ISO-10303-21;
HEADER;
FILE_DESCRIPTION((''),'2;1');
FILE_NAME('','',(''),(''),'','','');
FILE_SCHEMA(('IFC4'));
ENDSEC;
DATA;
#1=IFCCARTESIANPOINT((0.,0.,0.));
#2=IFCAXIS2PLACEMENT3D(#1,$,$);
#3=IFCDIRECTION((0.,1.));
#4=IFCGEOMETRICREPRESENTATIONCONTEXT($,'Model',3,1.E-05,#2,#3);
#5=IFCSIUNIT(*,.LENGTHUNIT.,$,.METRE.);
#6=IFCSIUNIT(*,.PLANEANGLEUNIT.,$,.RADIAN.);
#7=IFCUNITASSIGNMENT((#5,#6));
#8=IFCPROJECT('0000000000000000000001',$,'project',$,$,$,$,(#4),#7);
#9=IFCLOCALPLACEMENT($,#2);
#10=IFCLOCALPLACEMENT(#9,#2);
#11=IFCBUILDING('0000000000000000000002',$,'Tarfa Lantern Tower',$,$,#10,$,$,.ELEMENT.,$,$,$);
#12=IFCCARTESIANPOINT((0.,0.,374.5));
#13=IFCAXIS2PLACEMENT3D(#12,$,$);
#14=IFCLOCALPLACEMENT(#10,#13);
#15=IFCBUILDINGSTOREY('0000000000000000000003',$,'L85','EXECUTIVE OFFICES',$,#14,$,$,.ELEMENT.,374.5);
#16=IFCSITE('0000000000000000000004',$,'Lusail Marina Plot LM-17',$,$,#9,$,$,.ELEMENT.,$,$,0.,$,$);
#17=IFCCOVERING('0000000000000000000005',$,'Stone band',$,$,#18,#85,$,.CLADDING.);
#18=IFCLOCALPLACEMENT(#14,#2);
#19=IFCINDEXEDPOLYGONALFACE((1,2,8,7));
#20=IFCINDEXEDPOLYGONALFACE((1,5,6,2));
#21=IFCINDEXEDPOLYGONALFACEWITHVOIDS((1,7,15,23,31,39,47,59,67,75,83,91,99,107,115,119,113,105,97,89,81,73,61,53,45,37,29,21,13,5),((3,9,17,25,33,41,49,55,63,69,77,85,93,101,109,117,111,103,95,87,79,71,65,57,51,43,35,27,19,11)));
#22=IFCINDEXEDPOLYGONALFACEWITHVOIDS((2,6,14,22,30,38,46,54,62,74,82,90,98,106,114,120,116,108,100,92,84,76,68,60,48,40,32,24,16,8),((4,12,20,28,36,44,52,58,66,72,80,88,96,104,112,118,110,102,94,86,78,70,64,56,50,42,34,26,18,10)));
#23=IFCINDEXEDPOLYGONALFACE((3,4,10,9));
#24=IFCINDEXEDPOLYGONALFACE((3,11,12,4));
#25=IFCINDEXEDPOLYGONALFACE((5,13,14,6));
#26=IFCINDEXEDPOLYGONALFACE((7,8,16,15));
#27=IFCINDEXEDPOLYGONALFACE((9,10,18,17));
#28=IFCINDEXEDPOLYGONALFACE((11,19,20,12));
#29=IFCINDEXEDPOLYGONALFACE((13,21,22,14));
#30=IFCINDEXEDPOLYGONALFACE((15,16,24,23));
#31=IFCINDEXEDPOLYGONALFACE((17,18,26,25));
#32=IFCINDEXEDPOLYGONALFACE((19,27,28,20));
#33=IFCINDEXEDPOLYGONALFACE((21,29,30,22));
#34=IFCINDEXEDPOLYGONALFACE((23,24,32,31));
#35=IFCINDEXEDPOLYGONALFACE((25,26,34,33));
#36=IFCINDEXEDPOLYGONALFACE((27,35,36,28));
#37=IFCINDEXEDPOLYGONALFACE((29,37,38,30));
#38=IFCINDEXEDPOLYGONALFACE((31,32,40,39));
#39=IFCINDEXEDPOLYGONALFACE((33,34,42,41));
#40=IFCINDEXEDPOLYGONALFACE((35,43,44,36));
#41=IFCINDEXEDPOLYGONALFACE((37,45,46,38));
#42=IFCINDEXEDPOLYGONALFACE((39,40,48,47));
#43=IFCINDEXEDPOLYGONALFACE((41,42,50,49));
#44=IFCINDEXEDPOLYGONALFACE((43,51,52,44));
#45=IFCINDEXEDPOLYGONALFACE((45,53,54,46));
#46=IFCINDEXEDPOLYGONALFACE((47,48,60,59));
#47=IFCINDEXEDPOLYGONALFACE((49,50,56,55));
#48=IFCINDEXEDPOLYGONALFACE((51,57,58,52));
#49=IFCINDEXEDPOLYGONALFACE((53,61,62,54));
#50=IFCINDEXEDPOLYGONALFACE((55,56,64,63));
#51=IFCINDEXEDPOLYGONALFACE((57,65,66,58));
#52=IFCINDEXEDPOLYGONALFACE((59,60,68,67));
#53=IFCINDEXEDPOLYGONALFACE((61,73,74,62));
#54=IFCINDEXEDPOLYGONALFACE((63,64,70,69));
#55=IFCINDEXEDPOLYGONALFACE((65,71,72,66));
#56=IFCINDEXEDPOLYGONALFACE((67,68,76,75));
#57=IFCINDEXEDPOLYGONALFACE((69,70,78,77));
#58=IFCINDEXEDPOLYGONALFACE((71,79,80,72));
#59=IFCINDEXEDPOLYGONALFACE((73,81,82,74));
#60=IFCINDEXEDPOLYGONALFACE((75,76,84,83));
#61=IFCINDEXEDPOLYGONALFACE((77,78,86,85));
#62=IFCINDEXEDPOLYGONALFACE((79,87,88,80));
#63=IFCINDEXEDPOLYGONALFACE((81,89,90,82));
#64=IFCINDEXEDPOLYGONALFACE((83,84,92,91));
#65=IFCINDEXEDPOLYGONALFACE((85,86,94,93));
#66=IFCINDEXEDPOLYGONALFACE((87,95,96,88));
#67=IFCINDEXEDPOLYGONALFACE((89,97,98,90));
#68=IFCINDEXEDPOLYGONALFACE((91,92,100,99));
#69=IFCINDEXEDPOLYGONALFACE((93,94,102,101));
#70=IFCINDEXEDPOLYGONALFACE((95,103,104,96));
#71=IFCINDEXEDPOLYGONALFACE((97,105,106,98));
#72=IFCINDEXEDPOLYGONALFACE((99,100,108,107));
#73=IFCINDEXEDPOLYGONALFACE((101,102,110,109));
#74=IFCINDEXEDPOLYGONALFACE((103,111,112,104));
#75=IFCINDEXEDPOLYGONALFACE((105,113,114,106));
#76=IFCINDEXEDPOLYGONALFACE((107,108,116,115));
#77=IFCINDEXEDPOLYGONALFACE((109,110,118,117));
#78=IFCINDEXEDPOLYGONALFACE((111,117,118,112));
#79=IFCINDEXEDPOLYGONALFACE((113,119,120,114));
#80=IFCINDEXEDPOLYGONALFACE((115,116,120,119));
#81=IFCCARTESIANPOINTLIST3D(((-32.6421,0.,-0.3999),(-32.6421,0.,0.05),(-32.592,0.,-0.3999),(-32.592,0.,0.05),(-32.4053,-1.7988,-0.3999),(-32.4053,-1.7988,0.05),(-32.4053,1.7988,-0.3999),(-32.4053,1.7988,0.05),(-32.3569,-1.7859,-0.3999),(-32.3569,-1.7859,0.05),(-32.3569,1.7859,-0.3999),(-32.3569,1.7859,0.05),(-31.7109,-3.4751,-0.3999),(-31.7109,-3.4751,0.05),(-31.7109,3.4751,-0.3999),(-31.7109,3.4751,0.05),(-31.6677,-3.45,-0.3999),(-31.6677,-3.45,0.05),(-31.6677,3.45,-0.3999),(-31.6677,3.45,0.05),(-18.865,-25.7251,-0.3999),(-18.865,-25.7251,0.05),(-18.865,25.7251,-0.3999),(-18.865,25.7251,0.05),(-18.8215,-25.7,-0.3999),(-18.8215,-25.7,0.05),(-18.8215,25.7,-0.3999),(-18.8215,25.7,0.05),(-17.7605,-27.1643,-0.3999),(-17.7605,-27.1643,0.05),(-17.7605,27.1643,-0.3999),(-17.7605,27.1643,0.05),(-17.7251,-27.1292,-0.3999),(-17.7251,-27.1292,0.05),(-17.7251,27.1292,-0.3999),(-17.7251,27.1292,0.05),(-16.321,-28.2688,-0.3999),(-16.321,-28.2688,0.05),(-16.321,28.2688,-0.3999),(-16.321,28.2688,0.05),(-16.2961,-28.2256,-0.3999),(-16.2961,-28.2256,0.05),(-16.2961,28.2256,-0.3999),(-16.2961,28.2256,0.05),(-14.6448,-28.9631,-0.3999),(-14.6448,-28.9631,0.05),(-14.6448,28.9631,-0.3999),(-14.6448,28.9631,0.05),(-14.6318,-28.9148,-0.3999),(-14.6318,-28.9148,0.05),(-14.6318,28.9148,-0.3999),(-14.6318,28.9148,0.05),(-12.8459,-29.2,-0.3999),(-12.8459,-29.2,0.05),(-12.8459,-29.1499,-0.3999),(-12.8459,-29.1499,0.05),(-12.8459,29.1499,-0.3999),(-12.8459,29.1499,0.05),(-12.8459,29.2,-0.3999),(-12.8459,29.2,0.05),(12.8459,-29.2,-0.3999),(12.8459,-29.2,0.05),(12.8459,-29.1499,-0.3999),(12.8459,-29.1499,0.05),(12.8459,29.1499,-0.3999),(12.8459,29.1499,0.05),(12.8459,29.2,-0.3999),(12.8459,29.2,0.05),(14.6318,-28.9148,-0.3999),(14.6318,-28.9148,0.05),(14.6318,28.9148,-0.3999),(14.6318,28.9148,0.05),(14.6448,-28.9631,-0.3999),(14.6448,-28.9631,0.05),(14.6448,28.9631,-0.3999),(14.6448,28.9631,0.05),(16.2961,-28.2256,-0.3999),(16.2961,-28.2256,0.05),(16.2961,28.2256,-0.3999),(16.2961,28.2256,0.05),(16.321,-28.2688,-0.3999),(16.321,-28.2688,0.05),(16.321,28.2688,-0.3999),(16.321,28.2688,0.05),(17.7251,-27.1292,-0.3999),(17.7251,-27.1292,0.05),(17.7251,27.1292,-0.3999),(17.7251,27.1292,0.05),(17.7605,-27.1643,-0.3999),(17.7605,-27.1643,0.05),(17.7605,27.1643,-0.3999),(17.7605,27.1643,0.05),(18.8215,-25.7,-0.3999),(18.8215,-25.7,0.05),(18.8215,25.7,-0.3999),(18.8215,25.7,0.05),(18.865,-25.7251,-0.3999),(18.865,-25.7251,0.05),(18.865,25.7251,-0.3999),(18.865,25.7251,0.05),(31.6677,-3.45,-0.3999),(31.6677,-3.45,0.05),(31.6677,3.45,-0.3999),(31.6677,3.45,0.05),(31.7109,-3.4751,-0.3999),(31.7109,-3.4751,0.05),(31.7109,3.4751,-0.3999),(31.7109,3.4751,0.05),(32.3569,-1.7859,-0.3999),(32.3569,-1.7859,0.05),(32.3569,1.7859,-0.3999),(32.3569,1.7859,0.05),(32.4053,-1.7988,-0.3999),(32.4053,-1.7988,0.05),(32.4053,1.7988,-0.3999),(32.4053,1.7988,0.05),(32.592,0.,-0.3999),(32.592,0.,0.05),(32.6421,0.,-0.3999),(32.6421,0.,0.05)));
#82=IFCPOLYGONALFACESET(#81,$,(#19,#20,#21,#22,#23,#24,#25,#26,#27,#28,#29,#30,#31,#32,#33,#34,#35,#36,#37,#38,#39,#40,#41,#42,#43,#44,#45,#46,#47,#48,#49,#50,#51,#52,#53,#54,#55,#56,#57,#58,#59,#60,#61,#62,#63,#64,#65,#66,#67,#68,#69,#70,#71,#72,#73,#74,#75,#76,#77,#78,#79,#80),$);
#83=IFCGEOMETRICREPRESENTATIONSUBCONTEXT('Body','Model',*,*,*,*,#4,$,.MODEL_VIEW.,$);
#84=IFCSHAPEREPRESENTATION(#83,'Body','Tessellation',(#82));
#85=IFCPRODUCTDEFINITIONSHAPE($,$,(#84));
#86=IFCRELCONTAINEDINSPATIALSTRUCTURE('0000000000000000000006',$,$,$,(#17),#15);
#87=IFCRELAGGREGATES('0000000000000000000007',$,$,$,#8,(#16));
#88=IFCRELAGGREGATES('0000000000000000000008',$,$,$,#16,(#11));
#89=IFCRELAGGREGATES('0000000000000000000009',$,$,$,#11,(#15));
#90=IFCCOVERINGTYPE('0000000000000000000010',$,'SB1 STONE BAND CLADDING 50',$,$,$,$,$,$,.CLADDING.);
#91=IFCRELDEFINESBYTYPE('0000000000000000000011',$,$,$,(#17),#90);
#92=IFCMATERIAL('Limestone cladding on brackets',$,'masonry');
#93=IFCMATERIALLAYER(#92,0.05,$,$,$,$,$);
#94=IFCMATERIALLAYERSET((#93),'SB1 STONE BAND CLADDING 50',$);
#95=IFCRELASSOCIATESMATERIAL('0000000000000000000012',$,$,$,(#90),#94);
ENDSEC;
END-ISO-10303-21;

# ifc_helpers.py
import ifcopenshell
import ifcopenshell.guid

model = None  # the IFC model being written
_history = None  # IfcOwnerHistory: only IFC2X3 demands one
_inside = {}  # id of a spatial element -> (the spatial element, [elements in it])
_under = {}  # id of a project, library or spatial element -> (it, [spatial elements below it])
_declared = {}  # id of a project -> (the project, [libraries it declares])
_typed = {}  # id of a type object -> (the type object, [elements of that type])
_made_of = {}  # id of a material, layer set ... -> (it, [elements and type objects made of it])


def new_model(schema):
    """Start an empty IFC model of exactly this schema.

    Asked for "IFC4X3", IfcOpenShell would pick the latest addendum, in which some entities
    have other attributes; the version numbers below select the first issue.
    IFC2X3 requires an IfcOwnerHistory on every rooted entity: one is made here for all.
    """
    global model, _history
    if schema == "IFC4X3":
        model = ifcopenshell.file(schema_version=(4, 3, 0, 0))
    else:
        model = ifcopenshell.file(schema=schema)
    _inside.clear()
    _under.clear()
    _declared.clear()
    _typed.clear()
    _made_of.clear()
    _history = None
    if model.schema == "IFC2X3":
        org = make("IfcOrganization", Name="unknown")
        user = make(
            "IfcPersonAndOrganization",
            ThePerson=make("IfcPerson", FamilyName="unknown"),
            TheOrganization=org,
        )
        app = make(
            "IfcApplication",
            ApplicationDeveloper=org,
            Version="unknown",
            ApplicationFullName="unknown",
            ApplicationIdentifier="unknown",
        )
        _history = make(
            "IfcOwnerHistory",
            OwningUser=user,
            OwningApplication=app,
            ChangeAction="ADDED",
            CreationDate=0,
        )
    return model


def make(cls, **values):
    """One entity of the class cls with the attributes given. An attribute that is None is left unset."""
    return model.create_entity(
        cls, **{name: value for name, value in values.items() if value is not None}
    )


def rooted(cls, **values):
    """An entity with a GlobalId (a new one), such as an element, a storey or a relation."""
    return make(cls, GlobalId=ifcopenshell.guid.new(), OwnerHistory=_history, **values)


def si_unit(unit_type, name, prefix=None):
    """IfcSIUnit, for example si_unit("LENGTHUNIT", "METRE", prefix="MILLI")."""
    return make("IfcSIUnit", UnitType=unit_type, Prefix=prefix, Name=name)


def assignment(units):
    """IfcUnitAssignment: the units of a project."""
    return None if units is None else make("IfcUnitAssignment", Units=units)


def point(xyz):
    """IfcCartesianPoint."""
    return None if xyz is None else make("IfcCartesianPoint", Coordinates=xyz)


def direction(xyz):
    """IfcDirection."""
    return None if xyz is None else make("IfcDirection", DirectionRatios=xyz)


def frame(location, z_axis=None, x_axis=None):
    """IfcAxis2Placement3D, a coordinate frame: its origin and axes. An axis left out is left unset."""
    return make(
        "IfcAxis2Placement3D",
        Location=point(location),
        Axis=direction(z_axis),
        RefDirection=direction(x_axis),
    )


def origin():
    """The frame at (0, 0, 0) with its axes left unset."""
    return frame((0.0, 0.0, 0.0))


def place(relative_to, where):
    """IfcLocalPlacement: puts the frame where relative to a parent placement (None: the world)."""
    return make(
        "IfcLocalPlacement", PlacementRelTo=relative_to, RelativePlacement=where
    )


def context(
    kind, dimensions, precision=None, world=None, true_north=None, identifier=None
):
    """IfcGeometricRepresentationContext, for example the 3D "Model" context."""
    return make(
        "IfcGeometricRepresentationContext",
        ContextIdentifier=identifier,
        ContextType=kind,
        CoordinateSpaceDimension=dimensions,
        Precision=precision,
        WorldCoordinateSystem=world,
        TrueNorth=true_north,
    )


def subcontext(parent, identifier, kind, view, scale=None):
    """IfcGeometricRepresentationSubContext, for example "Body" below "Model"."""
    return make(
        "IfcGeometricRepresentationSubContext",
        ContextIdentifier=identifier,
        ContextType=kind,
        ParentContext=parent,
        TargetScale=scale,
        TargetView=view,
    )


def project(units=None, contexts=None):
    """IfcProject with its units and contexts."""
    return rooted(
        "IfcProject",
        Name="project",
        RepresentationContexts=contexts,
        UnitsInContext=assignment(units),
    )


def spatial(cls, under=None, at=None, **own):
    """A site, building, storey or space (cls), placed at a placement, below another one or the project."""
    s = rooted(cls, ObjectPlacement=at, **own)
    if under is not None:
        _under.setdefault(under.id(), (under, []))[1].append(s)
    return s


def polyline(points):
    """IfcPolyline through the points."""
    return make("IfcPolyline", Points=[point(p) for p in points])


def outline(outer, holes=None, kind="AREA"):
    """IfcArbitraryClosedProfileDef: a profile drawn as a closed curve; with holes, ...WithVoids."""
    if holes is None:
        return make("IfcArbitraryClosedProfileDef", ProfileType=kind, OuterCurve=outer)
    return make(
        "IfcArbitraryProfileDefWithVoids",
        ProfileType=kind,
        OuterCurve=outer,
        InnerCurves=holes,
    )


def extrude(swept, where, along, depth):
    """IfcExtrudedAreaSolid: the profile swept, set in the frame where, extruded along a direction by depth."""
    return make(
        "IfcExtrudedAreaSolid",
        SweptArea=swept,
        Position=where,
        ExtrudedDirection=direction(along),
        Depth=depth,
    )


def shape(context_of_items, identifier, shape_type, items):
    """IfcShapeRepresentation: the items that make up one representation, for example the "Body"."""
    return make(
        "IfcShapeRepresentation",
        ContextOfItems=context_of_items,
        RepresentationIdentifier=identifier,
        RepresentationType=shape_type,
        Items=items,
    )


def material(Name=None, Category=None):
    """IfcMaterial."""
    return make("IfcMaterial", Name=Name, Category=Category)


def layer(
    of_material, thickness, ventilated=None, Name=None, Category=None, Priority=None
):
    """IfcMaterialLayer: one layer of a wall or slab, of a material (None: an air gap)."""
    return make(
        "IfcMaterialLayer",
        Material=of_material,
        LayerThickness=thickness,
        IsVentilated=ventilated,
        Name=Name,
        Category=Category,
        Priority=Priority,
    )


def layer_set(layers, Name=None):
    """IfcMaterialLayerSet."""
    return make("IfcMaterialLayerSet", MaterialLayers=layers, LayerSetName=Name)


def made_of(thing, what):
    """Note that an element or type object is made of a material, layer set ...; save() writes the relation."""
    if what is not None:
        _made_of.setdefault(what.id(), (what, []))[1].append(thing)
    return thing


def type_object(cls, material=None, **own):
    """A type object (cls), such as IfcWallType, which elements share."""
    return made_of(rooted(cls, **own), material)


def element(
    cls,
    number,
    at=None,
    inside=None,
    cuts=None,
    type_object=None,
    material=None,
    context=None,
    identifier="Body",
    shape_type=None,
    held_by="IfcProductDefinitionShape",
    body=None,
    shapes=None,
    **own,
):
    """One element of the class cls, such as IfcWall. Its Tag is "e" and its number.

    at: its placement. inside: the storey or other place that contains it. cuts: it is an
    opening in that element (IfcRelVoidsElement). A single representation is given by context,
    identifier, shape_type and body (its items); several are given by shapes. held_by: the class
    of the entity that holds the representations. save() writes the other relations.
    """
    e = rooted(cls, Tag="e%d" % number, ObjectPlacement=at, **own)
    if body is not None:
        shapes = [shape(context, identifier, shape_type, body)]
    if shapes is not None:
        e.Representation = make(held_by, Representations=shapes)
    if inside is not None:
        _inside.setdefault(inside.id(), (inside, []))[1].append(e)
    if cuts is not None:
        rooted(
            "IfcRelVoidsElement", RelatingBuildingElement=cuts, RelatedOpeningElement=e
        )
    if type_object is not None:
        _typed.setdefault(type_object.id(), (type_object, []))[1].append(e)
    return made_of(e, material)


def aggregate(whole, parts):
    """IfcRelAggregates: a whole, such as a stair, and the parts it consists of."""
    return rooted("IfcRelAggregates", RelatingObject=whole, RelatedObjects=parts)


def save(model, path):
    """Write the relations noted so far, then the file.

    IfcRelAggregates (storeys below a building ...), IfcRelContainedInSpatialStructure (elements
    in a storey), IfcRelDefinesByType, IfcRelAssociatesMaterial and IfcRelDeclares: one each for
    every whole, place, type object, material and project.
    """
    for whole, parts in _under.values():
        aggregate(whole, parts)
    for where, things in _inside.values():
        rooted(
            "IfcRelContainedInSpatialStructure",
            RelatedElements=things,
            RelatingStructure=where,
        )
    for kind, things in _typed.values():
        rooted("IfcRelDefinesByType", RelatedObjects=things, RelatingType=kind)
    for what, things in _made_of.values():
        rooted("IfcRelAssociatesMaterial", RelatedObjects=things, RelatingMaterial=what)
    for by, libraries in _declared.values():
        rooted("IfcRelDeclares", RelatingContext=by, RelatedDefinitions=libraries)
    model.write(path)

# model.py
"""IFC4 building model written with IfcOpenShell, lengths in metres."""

from ifc_helpers import new_model, si_unit, direction, frame, origin, place, context, subcontext, project, spatial, polyline, outline, extrude, material, layer, layer_set, type_object, element, save


model = new_model("IFC4")

# Units and contexts
model_context = context("Model", 3, precision=1e-05, world=origin(), true_north=direction((0.0, 1.0)))
body_context = subcontext(model_context, "Body", "Model", "MODEL_VIEW")
ifc_project = project(units=[si_unit("LENGTHUNIT", "METRE"), si_unit("PLANEANGLEUNIT", "RADIAN")], contexts=[model_context])

# Site, building, storey
site_placement = place(None, origin())
site = spatial("IfcSite", under=ifc_project, at=site_placement, Name="Lusail Marina Plot LM-17", CompositionType="ELEMENT", RefElevation=0.0)
building_placement = place(site_placement, origin())
building = spatial("IfcBuilding", under=site, at=building_placement, Name="Tarfa Lantern Tower", CompositionType="ELEMENT")
storey_placement = place(building_placement, frame((0.0, 0.0, 374.5)))
storey = spatial("IfcBuildingStorey", under=building, at=storey_placement, Name="L85", Description="EXECUTIVE OFFICES", CompositionType="ELEMENT", Elevation=374.5)

# Covering
ifc_material_1 = material(Name="Limestone cladding on brackets", Category="masonry")
ifc_layer_1 = layer(ifc_material_1, 0.05)
ifc_layer_set_1 = layer_set([ifc_layer_1], Name="SB1 STONE BAND CLADDING 50")
covering_type_1 = type_object("IfcCoveringType", Name="SB1 STONE BAND CLADDING 50", PredefinedType="CLADDING", material=ifc_layer_set_1)
covering_1_placement = place(storey_placement, frame((0.0, 0.0, -0.3999)))
element("IfcCovering", 1, at=covering_1_placement, inside=storey, type_object=covering_type_1, Name="Stone band", PredefinedType="CLADDING", context=body_context, shape_type="SweptSolid", body=[
    extrude(outline(polyline([(31.7109, 3.4751), (18.865, 25.7251), (17.7605, 27.1643), (16.321, 28.2688), (14.6448, 28.9631), (12.8459, 29.2), (-12.8459, 29.2), (-14.6448, 28.9631), (-16.321, 28.2688), (-17.7605, 27.1643), (-18.865, 25.7251), (-31.7109, 3.4751), (-32.4053, 1.7988), (-32.6421, 0.0), (-32.4053, -1.7988), (-31.7109, -3.4751), (-18.865, -25.7251), (-17.7605, -27.1643), (-16.321, -28.2688), (-14.6448, -28.9631), (-12.8459, -29.2), (12.8459, -29.2), (14.6448, -28.9631), (16.321, -28.2688), (17.7605, -27.1643), (18.865, -25.7251), (31.7109, -3.4751), (32.4053, -1.7988), (32.6421, 0.0), (32.4053, 1.7988), (31.7109, 3.4751)]), holes=[polyline([(31.6677, 3.45), (18.8215, 25.7), (17.7251, 27.1292), (16.2961, 28.2256), (14.6318, 28.9148), (12.8459, 29.1499), (-12.8459, 29.1499), (-14.6318, 28.9148), (-16.2961, 28.2256), (-17.7251, 27.1292), (-18.8215, 25.7), (-31.6677, 3.45), (-32.3569, 1.7859), (-32.592, 0.0), (-32.3569, -1.7859), (-31.6677, -3.45), (-18.8215, -25.7), (-17.7251, -27.1292), (-16.2961, -28.2256), (-14.6318, -28.9148), (-12.8459, -29.1499), (12.8459, -29.1499), (14.6318, -28.9148), (16.2961, -28.2256), (17.7251, -27.1292), (18.8215, -25.7), (31.6677, -3.45), (32.3569, -1.7859), (32.592, 0.0), (32.3569, 1.7859), (31.6677, 3.45)])]), origin(), (0.0, 0.0, 1.0), 0.45),
])

save(model, "model.ifc")
